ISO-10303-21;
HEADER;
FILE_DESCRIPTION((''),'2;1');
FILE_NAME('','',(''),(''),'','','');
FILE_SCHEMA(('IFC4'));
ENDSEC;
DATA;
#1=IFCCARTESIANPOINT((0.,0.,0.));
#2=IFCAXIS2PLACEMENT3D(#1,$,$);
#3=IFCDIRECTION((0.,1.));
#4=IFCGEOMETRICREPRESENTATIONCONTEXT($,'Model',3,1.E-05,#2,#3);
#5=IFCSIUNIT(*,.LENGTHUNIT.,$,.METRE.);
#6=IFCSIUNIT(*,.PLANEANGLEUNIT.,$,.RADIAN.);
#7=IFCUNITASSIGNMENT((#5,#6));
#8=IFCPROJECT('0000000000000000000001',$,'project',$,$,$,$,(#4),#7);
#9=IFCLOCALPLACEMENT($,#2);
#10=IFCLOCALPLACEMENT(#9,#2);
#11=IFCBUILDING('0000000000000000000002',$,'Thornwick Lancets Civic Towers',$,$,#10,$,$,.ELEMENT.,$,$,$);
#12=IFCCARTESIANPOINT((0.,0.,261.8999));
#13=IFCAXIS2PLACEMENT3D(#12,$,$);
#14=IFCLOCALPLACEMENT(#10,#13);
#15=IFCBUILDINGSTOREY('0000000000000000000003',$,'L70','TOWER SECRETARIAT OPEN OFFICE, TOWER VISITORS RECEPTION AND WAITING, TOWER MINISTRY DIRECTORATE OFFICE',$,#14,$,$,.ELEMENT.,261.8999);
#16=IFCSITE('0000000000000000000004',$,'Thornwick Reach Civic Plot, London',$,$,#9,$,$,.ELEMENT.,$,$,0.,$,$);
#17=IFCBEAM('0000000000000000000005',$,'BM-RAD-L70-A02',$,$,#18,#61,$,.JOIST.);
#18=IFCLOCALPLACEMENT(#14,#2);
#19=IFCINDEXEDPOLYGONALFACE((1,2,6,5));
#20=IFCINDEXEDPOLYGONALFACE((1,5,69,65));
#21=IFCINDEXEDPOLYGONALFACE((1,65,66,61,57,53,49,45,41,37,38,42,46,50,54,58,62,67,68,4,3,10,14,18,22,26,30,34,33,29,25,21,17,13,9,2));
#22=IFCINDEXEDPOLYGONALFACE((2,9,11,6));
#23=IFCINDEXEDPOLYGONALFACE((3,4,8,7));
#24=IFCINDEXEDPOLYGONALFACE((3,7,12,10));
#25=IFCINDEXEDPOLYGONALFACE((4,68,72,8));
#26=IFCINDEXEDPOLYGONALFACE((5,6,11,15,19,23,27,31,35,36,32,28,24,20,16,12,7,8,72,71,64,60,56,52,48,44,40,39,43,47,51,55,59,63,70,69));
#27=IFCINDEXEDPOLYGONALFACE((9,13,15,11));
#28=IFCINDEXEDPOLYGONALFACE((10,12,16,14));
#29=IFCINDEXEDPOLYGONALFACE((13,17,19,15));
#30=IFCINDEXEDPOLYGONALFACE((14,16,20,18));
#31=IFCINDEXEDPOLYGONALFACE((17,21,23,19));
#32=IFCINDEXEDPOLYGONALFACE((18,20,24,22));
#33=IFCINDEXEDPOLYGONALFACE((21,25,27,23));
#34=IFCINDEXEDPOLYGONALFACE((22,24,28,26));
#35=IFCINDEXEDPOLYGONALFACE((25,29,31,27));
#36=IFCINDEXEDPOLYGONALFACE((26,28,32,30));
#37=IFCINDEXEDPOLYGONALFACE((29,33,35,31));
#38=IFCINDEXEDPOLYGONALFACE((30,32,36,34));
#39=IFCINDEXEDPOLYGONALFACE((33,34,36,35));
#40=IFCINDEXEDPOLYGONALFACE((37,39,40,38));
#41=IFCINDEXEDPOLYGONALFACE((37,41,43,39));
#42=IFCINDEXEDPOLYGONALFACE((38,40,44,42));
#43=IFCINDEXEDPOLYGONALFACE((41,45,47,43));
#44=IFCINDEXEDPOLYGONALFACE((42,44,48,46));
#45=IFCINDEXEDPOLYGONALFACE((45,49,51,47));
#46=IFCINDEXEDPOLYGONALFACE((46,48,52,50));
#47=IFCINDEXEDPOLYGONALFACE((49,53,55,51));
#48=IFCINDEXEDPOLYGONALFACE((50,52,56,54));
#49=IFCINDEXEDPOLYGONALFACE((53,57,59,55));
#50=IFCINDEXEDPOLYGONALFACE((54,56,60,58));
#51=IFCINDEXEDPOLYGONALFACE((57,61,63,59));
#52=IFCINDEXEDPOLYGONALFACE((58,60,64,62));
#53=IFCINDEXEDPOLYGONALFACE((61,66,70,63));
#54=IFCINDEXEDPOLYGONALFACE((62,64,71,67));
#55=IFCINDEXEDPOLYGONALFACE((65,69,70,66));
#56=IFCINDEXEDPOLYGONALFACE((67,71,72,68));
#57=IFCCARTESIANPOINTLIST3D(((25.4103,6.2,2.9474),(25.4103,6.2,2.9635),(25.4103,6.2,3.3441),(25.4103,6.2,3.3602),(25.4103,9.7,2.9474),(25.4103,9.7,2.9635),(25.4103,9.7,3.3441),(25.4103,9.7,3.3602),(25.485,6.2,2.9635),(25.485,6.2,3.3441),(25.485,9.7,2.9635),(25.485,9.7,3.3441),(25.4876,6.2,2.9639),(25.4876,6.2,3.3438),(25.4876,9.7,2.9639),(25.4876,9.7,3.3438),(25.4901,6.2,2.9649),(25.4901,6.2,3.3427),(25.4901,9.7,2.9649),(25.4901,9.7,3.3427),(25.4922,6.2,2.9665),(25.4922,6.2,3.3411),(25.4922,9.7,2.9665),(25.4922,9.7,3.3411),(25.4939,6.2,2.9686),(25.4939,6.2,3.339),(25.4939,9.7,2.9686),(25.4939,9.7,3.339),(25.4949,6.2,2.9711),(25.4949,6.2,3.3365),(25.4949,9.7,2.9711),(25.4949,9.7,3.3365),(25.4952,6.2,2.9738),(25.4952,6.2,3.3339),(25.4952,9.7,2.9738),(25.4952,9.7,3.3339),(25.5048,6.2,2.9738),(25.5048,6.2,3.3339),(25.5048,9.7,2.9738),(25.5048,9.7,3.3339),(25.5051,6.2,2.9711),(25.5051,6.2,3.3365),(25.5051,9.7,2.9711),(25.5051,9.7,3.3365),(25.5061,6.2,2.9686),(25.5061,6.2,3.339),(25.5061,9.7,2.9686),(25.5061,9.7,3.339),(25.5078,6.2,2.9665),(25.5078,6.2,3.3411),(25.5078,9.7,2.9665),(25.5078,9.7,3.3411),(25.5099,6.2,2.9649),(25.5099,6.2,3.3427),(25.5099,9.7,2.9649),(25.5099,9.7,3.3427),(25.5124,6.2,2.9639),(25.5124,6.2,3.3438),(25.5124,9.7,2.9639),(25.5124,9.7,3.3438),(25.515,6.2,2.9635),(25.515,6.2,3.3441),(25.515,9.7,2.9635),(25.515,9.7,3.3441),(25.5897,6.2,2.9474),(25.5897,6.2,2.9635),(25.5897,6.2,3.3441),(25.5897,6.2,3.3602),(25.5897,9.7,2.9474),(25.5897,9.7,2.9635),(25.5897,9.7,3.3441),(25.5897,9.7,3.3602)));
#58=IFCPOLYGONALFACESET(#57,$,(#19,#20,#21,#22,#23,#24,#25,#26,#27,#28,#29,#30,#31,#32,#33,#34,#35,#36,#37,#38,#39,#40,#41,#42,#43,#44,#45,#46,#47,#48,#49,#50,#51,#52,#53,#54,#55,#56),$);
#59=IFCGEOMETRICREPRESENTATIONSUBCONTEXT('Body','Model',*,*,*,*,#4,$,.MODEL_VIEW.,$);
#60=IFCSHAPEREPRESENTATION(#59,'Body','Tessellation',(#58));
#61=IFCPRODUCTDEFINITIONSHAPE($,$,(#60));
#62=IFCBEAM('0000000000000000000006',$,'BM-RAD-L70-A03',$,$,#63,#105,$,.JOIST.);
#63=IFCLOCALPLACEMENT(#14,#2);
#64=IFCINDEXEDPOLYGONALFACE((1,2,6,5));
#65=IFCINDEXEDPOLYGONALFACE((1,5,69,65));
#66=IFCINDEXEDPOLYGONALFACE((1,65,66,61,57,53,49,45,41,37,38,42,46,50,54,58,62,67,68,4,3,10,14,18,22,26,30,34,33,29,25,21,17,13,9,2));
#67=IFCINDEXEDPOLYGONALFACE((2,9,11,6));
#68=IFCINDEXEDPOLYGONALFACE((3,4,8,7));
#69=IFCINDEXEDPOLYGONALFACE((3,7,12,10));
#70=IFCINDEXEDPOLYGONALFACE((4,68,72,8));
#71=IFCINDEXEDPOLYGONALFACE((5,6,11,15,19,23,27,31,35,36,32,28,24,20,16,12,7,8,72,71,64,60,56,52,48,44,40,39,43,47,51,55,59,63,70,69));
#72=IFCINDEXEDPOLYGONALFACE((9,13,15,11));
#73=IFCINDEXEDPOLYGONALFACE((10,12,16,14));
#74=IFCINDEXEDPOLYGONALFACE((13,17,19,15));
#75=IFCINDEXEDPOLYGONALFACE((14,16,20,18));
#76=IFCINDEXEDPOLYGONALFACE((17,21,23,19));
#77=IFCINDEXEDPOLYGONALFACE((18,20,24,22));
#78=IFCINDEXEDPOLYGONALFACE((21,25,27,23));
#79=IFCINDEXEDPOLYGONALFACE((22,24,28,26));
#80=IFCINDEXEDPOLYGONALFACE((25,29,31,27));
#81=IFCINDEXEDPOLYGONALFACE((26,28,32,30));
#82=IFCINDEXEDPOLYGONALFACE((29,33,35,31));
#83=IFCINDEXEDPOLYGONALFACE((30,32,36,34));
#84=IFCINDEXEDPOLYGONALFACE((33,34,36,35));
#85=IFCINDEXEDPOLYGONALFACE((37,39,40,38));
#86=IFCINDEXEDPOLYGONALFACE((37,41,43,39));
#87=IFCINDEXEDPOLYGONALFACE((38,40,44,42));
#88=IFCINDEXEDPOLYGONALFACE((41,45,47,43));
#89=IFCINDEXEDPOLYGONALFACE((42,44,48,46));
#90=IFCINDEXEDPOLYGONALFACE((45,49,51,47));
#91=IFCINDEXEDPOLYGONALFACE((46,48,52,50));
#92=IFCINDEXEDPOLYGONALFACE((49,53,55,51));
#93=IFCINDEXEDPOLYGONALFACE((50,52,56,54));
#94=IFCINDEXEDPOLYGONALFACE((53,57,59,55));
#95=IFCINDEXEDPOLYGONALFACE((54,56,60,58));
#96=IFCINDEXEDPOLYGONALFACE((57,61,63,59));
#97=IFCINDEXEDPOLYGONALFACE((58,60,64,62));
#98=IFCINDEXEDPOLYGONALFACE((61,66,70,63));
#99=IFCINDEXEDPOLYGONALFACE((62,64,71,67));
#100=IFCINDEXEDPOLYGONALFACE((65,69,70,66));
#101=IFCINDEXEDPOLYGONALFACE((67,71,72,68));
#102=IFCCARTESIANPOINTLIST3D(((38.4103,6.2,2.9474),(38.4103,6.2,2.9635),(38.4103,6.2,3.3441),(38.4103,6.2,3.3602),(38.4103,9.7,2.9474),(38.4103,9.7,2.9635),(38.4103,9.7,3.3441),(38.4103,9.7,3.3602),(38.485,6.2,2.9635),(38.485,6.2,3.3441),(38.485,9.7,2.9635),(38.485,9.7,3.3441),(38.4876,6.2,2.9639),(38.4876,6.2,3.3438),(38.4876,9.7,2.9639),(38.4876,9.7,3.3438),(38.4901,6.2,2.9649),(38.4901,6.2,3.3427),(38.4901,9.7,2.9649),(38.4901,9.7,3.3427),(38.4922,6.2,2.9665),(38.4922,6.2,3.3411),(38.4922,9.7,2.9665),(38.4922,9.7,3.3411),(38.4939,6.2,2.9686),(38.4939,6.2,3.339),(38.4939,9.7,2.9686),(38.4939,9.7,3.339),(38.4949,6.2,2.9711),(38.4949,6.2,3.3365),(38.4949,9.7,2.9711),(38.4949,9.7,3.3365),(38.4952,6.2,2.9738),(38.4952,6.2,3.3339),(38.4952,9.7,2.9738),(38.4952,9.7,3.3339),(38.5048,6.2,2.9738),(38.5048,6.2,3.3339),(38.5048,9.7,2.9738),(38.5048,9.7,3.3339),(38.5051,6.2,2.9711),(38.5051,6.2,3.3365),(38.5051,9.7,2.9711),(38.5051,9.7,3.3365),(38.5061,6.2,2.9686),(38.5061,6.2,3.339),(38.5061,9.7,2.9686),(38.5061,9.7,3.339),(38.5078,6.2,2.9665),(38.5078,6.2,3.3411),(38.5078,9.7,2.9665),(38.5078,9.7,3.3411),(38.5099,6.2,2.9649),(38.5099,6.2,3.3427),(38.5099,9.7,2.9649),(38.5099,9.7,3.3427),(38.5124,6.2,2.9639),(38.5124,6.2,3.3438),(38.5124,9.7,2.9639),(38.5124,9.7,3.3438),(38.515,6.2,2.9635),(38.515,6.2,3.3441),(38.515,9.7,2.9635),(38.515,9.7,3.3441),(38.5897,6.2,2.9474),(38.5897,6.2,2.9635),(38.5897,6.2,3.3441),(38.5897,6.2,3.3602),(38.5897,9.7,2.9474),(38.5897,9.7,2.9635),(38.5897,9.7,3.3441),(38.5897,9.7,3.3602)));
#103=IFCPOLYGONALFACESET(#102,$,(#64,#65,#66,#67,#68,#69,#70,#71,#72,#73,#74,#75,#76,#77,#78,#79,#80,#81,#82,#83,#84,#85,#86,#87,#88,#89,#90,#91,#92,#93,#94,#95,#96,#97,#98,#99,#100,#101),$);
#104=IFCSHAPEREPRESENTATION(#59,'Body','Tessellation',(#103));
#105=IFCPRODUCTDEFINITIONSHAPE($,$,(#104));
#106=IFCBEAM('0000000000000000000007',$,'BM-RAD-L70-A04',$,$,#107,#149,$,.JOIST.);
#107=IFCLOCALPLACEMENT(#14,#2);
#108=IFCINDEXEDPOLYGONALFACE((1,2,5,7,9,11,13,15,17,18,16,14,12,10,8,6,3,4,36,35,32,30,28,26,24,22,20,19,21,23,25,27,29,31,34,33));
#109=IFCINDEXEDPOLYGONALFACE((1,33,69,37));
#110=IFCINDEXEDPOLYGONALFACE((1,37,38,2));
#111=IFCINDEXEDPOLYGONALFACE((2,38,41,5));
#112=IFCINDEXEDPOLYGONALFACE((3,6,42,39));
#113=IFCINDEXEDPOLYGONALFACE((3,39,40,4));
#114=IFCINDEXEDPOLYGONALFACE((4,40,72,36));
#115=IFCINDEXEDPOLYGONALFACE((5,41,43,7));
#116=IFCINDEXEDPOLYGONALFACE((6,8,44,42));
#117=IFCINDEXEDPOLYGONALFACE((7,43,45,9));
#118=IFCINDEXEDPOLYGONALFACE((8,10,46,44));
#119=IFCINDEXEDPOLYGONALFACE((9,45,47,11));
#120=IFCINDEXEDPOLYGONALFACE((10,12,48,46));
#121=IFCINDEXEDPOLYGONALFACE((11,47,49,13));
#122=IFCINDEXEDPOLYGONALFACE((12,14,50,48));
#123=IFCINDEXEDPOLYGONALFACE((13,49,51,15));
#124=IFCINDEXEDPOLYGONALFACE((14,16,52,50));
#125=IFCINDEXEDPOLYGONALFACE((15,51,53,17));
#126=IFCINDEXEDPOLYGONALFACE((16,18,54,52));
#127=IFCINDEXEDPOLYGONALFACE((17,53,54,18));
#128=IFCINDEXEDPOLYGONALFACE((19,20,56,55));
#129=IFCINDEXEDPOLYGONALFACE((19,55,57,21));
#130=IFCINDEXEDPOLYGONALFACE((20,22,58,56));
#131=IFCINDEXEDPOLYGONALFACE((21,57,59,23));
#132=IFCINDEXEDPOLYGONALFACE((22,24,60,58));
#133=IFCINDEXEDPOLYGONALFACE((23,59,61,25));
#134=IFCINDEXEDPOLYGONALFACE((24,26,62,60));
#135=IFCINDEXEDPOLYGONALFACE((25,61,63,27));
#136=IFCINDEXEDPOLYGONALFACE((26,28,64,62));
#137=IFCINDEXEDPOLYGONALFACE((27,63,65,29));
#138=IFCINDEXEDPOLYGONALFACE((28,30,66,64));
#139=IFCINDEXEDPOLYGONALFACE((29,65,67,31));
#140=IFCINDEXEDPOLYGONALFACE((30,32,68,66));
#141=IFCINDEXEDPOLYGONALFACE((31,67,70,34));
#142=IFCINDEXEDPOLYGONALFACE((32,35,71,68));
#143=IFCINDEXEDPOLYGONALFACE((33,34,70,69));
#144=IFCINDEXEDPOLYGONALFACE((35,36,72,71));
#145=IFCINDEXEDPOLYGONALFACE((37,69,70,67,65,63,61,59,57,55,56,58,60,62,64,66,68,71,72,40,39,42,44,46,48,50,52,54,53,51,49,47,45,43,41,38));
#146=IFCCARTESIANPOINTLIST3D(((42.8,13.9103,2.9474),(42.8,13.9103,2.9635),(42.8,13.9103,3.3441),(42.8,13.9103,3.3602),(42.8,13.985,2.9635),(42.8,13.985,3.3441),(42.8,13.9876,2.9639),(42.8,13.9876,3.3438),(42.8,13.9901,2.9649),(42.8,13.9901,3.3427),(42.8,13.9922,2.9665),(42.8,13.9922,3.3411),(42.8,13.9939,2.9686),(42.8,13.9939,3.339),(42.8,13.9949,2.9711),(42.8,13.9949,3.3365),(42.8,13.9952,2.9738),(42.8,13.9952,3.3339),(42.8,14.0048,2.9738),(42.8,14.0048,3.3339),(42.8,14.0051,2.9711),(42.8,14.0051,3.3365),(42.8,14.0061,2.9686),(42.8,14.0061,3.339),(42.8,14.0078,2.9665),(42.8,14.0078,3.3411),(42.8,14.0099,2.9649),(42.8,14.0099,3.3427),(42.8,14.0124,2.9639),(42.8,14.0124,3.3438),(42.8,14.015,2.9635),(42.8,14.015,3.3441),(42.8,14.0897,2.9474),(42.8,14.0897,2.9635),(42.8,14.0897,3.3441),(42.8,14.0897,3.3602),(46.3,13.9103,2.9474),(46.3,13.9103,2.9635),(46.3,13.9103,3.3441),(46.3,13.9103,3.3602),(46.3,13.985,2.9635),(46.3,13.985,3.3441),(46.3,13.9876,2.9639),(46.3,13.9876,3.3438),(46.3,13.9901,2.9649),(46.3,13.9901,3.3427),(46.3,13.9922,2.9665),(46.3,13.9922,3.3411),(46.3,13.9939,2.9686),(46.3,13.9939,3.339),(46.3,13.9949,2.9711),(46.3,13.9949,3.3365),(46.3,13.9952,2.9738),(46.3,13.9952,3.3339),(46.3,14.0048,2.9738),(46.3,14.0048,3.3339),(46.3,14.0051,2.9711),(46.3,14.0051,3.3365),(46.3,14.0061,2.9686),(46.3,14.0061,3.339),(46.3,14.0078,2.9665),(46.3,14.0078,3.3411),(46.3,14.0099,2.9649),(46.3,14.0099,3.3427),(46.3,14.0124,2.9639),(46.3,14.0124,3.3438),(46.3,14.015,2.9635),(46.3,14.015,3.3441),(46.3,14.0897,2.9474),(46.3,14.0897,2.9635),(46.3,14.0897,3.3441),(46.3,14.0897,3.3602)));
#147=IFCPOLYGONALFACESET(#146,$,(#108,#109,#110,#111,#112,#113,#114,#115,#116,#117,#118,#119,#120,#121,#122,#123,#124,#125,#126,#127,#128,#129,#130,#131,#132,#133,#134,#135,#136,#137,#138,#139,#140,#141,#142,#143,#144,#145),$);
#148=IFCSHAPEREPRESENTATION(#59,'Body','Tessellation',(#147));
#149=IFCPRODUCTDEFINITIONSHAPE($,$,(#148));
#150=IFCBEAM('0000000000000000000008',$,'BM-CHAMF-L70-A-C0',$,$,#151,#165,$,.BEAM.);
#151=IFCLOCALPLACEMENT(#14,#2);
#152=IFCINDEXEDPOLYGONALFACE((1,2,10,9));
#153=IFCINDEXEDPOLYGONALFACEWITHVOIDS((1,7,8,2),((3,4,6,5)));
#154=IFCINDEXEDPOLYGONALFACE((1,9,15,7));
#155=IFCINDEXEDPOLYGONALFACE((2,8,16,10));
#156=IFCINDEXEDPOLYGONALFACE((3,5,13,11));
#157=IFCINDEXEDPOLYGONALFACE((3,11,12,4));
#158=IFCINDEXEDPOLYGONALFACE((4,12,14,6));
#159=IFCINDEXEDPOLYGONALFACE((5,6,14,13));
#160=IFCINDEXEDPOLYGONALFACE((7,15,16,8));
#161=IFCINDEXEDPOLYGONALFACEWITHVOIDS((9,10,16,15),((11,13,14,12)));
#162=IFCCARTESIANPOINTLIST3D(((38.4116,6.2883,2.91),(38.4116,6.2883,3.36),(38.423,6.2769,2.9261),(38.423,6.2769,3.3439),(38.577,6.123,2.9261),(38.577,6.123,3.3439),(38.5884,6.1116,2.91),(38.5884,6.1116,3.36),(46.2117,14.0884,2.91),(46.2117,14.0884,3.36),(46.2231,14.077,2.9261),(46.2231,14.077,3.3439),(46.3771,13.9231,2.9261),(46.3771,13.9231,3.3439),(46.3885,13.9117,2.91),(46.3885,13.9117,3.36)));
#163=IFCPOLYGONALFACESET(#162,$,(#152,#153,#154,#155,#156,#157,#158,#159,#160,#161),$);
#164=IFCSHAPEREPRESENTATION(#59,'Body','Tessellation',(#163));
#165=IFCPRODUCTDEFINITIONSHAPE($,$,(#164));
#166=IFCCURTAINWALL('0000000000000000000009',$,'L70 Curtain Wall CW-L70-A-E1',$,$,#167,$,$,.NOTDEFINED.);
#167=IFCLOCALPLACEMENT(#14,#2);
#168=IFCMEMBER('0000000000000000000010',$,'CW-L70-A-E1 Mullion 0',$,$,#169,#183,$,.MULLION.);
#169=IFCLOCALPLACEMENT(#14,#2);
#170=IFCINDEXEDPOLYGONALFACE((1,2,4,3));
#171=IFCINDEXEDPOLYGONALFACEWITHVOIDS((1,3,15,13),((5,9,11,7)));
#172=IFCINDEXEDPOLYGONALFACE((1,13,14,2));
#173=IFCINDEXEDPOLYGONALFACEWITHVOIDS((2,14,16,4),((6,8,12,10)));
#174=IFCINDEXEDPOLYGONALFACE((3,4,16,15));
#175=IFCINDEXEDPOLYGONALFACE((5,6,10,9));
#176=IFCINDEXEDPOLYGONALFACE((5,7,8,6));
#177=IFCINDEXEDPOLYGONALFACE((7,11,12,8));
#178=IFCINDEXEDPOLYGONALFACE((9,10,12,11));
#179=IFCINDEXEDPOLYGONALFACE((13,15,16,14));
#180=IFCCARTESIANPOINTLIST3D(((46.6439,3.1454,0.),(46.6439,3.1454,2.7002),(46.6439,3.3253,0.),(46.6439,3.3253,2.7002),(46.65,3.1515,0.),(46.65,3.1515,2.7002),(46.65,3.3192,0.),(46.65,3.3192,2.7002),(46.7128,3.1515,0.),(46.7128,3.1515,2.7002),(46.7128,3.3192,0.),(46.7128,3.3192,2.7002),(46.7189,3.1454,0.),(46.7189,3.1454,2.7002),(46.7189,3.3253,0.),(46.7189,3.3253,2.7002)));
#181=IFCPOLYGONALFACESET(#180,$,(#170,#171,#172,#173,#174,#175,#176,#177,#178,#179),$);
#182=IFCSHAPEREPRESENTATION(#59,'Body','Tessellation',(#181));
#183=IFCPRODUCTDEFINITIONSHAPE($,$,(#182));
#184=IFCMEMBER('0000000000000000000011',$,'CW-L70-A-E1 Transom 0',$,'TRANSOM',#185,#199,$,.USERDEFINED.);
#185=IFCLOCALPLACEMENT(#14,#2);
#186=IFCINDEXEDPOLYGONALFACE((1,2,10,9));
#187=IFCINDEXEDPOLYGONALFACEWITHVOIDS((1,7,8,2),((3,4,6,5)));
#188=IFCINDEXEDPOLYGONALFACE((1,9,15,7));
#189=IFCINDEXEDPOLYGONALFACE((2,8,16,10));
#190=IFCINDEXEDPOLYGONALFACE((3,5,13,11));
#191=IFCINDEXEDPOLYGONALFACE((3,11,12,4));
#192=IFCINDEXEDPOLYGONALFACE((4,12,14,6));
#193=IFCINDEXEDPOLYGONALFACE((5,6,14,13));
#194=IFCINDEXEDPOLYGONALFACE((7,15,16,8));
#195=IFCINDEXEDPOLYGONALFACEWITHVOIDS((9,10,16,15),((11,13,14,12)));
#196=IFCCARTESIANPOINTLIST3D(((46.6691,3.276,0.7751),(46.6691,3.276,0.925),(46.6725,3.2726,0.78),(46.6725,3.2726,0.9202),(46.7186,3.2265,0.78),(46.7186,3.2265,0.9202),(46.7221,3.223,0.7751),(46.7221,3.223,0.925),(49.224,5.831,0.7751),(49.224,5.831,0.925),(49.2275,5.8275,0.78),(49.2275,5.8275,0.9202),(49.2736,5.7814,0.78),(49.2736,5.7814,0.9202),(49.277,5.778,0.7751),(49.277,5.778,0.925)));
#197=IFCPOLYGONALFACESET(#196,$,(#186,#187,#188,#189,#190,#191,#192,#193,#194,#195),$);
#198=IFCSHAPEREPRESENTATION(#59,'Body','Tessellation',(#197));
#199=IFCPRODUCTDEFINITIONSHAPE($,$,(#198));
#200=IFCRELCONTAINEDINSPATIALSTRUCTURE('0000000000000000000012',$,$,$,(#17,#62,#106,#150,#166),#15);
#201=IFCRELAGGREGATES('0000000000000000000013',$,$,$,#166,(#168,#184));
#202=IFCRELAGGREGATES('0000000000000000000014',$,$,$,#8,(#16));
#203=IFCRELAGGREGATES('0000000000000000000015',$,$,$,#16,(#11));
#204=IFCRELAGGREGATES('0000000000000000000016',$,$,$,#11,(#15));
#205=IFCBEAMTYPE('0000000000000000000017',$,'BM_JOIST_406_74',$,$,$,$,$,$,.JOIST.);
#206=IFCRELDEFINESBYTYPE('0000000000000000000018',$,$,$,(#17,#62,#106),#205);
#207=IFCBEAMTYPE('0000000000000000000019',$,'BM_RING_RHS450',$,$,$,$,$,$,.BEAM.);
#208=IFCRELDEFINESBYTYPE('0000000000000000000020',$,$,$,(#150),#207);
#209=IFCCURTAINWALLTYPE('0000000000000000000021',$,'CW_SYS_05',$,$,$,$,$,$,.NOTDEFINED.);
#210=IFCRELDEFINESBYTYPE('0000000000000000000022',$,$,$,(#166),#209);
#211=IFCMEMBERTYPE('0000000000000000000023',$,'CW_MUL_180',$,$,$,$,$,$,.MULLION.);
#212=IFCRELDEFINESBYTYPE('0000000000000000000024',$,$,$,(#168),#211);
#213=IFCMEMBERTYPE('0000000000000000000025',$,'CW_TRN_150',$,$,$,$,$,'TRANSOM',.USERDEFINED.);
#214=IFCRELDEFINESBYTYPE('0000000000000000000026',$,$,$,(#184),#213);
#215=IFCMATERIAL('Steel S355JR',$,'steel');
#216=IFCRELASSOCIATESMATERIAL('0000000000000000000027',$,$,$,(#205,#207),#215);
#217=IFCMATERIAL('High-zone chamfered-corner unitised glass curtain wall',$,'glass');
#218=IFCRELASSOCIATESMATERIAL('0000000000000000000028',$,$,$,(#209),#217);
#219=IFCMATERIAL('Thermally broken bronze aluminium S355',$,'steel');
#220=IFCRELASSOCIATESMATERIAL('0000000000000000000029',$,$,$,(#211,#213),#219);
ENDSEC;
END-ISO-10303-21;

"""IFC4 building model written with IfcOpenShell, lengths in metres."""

from ifc_helpers import new_model, si_unit, direction, frame, origin, origin_2d, place, context, subcontext, project, spatial, hollow_rectangle, i_section, extrude, material, material_profile, profile_set, type_object, element, aggregate, save


model = new_model("IFC4")

# Units and contexts
model_context = context("Model", 3, precision=1e-05, world=origin(), true_north=direction((0.0, 1.0)))
body_context = subcontext(model_context, "Body", "Model", "MODEL_VIEW")
ifc_project = project(units=[si_unit("LENGTHUNIT", "METRE"), si_unit("PLANEANGLEUNIT", "RADIAN")], contexts=[model_context])

# Site, building, storey
site_placement = place(None, origin())
site = spatial("IfcSite", under=ifc_project, at=site_placement, Name="Thornwick Reach Civic Plot, London", CompositionType="ELEMENT", RefElevation=0.0)
building_placement = place(site_placement, origin())
building = spatial("IfcBuilding", under=site, at=building_placement, Name="Thornwick Lancets Civic Towers", CompositionType="ELEMENT")
storey_placement = place(building_placement, frame((0.0, 0.0, 261.8999)))
storey = spatial("IfcBuildingStorey", under=building, at=storey_placement, Name="L70", Description="TOWER SECRETARIAT OPEN OFFICE, TOWER VISITORS RECEPTION AND WAITING, TOWER MINISTRY DIRECTORATE OFFICE", CompositionType="ELEMENT", Elevation=261.8999)

# Shared definitions
ifc_material_1 = material(Name="Steel S355JR", Category="steel")

# Beams
ifc_material_profile_1 = material_profile(ifc_material_1, i_section(OverallWidth=0.1794, OverallDepth=0.4128, WebThickness=0.0095, FlangeThickness=0.0161, FilletRadius=0.0103, at=origin_2d()), Name="UKB 406x178x74")
ifc_profile_set_1 = profile_set([ifc_material_profile_1], Name="Steel S355JR")
beam_type_1 = type_object("IfcBeamType", Name="BM_JOIST_406_74", PredefinedType="JOIST", material=ifc_profile_set_1)
for number, where, z_axis, x_axis, name in (
    (1, (25.5, 9.7, 3.1538), (0.0, -1.0, 0.0), (1.0, 0.0, 0.0), "BM-RAD-L70-A02"),
    (2, (38.5, 9.7, 3.1538), (0.0, -1.0, 0.0), (1.0, 0.0, 0.0), "BM-RAD-L70-A03"),
    (3, (42.8, 14.0, 3.1538), (1.0, 0.0, 0.0), (0.0, 1.0, 0.0), "BM-RAD-L70-A04"),
):
    element("IfcBeam", number, at=place(storey_placement, frame(where, z_axis=z_axis, x_axis=x_axis)), inside=storey, type_object=beam_type_1, Name=name, PredefinedType="JOIST", context=body_context, shape_type="SweptSolid", body=[
        extrude(i_section(OverallWidth=0.1794, OverallDepth=0.4128, WebThickness=0.0095, FlangeThickness=0.0161, FilletRadius=0.0103, at=origin_2d()), origin(), (0.0, 0.0, 1.0), 3.5),
    ])
ifc_material_profile_2 = material_profile(ifc_material_1, hollow_rectangle(XDim=0.25, YDim=0.45, WallThickness=0.0161, at=origin_2d()), Name="RHS 450x250x16")
ifc_profile_set_2 = profile_set([ifc_material_profile_2], Name="Steel S355JR")
beam_type_2 = type_object("IfcBeamType", Name="BM_RING_RHS450", PredefinedType="BEAM", material=ifc_profile_set_2)
beam_1_placement = place(storey_placement, frame((38.5, 6.2, 3.135), z_axis=(0.707107, 0.707107, 0.0), x_axis=(-0.707107, 0.707107, 0.0)))
element("IfcBeam", 4, at=beam_1_placement, inside=storey, type_object=beam_type_2, Name="BM-CHAMF-L70-A-C0", PredefinedType="BEAM", context=body_context, shape_type="SweptSolid", body=[
    extrude(hollow_rectangle(XDim=0.25, YDim=0.45, WallThickness=0.0161, at=origin_2d()), origin(), (0.0, 0.0, 1.0), 11.031),
])

# Curtain wall, members
ifc_material_2 = material(Name="High-zone chamfered-corner unitised glass curtain wall", Category="glass")
curtain_wall_type = type_object("IfcCurtainWallType", Name="CW_SYS_05", PredefinedType="NOTDEFINED", material=ifc_material_2)
curtain_wall_placement = place(storey_placement, origin())
curtain_wall = element("IfcCurtainWall", 5, at=curtain_wall_placement, inside=storey, type_object=curtain_wall_type, Name="L70 Curtain Wall CW-L70-A-E1", PredefinedType="NOTDEFINED")
ifc_material_3 = material(Name="Thermally broken bronze aluminium S355", Category="steel")
ifc_material_profile_3 = material_profile(ifc_material_3, hollow_rectangle(XDim=0.075, YDim=0.1799, WallThickness=0.0061, at=origin_2d()), Name="RHS 180x75x6")
ifc_profile_set_3 = profile_set([ifc_material_profile_3], Name="Thermally broken bronze aluminium S355")
member_type_1 = type_object("IfcMemberType", Name="CW_MUL_180", PredefinedType="MULLION", material=ifc_profile_set_3)
member_1_placement = place(storey_placement, frame((46.6814, 3.2354, 0.0), z_axis=(0.0, 0.0, 1.0), x_axis=(1.0, 0.0, 0.0)))
member_1 = element("IfcMember", 6, at=member_1_placement, type_object=member_type_1, Name="CW-L70-A-E1 Mullion 0", PredefinedType="MULLION", context=body_context, shape_type="SweptSolid", body=[
    extrude(hollow_rectangle(XDim=0.075, YDim=0.1799, WallThickness=0.0061, at=origin_2d()), origin(), (0.0, 0.0, 1.0), 2.7002),
])
ifc_material_profile_4 = material_profile(ifc_material_3, hollow_rectangle(XDim=0.075, YDim=0.1499, WallThickness=0.0049, at=origin_2d()), Name="RHS 150x75x5")
ifc_profile_set_4 = profile_set([ifc_material_profile_4], Name="Thermally broken bronze aluminium S355")
member_type_2 = type_object("IfcMemberType", Name="CW_TRN_150", ElementType="TRANSOM", PredefinedType="USERDEFINED", material=ifc_profile_set_4)
member_2_placement = place(storey_placement, frame((46.6956, 3.2495, 0.8501), z_axis=(0.707107, 0.707107, 0.0), x_axis=(-0.707107, 0.707107, 0.0)))
member_2 = element("IfcMember", 7, at=member_2_placement, type_object=member_type_2, Name="CW-L70-A-E1 Transom 0", ObjectType="TRANSOM", PredefinedType="USERDEFINED", context=body_context, shape_type="SweptSolid", body=[
    extrude(hollow_rectangle(XDim=0.075, YDim=0.1499, WallThickness=0.0049, at=origin_2d()), origin(), (0.0, 0.0, 1.0), 3.6133),
])
aggregate(curtain_wall, [member_1, member_2])

save(model, "model.ifc")
